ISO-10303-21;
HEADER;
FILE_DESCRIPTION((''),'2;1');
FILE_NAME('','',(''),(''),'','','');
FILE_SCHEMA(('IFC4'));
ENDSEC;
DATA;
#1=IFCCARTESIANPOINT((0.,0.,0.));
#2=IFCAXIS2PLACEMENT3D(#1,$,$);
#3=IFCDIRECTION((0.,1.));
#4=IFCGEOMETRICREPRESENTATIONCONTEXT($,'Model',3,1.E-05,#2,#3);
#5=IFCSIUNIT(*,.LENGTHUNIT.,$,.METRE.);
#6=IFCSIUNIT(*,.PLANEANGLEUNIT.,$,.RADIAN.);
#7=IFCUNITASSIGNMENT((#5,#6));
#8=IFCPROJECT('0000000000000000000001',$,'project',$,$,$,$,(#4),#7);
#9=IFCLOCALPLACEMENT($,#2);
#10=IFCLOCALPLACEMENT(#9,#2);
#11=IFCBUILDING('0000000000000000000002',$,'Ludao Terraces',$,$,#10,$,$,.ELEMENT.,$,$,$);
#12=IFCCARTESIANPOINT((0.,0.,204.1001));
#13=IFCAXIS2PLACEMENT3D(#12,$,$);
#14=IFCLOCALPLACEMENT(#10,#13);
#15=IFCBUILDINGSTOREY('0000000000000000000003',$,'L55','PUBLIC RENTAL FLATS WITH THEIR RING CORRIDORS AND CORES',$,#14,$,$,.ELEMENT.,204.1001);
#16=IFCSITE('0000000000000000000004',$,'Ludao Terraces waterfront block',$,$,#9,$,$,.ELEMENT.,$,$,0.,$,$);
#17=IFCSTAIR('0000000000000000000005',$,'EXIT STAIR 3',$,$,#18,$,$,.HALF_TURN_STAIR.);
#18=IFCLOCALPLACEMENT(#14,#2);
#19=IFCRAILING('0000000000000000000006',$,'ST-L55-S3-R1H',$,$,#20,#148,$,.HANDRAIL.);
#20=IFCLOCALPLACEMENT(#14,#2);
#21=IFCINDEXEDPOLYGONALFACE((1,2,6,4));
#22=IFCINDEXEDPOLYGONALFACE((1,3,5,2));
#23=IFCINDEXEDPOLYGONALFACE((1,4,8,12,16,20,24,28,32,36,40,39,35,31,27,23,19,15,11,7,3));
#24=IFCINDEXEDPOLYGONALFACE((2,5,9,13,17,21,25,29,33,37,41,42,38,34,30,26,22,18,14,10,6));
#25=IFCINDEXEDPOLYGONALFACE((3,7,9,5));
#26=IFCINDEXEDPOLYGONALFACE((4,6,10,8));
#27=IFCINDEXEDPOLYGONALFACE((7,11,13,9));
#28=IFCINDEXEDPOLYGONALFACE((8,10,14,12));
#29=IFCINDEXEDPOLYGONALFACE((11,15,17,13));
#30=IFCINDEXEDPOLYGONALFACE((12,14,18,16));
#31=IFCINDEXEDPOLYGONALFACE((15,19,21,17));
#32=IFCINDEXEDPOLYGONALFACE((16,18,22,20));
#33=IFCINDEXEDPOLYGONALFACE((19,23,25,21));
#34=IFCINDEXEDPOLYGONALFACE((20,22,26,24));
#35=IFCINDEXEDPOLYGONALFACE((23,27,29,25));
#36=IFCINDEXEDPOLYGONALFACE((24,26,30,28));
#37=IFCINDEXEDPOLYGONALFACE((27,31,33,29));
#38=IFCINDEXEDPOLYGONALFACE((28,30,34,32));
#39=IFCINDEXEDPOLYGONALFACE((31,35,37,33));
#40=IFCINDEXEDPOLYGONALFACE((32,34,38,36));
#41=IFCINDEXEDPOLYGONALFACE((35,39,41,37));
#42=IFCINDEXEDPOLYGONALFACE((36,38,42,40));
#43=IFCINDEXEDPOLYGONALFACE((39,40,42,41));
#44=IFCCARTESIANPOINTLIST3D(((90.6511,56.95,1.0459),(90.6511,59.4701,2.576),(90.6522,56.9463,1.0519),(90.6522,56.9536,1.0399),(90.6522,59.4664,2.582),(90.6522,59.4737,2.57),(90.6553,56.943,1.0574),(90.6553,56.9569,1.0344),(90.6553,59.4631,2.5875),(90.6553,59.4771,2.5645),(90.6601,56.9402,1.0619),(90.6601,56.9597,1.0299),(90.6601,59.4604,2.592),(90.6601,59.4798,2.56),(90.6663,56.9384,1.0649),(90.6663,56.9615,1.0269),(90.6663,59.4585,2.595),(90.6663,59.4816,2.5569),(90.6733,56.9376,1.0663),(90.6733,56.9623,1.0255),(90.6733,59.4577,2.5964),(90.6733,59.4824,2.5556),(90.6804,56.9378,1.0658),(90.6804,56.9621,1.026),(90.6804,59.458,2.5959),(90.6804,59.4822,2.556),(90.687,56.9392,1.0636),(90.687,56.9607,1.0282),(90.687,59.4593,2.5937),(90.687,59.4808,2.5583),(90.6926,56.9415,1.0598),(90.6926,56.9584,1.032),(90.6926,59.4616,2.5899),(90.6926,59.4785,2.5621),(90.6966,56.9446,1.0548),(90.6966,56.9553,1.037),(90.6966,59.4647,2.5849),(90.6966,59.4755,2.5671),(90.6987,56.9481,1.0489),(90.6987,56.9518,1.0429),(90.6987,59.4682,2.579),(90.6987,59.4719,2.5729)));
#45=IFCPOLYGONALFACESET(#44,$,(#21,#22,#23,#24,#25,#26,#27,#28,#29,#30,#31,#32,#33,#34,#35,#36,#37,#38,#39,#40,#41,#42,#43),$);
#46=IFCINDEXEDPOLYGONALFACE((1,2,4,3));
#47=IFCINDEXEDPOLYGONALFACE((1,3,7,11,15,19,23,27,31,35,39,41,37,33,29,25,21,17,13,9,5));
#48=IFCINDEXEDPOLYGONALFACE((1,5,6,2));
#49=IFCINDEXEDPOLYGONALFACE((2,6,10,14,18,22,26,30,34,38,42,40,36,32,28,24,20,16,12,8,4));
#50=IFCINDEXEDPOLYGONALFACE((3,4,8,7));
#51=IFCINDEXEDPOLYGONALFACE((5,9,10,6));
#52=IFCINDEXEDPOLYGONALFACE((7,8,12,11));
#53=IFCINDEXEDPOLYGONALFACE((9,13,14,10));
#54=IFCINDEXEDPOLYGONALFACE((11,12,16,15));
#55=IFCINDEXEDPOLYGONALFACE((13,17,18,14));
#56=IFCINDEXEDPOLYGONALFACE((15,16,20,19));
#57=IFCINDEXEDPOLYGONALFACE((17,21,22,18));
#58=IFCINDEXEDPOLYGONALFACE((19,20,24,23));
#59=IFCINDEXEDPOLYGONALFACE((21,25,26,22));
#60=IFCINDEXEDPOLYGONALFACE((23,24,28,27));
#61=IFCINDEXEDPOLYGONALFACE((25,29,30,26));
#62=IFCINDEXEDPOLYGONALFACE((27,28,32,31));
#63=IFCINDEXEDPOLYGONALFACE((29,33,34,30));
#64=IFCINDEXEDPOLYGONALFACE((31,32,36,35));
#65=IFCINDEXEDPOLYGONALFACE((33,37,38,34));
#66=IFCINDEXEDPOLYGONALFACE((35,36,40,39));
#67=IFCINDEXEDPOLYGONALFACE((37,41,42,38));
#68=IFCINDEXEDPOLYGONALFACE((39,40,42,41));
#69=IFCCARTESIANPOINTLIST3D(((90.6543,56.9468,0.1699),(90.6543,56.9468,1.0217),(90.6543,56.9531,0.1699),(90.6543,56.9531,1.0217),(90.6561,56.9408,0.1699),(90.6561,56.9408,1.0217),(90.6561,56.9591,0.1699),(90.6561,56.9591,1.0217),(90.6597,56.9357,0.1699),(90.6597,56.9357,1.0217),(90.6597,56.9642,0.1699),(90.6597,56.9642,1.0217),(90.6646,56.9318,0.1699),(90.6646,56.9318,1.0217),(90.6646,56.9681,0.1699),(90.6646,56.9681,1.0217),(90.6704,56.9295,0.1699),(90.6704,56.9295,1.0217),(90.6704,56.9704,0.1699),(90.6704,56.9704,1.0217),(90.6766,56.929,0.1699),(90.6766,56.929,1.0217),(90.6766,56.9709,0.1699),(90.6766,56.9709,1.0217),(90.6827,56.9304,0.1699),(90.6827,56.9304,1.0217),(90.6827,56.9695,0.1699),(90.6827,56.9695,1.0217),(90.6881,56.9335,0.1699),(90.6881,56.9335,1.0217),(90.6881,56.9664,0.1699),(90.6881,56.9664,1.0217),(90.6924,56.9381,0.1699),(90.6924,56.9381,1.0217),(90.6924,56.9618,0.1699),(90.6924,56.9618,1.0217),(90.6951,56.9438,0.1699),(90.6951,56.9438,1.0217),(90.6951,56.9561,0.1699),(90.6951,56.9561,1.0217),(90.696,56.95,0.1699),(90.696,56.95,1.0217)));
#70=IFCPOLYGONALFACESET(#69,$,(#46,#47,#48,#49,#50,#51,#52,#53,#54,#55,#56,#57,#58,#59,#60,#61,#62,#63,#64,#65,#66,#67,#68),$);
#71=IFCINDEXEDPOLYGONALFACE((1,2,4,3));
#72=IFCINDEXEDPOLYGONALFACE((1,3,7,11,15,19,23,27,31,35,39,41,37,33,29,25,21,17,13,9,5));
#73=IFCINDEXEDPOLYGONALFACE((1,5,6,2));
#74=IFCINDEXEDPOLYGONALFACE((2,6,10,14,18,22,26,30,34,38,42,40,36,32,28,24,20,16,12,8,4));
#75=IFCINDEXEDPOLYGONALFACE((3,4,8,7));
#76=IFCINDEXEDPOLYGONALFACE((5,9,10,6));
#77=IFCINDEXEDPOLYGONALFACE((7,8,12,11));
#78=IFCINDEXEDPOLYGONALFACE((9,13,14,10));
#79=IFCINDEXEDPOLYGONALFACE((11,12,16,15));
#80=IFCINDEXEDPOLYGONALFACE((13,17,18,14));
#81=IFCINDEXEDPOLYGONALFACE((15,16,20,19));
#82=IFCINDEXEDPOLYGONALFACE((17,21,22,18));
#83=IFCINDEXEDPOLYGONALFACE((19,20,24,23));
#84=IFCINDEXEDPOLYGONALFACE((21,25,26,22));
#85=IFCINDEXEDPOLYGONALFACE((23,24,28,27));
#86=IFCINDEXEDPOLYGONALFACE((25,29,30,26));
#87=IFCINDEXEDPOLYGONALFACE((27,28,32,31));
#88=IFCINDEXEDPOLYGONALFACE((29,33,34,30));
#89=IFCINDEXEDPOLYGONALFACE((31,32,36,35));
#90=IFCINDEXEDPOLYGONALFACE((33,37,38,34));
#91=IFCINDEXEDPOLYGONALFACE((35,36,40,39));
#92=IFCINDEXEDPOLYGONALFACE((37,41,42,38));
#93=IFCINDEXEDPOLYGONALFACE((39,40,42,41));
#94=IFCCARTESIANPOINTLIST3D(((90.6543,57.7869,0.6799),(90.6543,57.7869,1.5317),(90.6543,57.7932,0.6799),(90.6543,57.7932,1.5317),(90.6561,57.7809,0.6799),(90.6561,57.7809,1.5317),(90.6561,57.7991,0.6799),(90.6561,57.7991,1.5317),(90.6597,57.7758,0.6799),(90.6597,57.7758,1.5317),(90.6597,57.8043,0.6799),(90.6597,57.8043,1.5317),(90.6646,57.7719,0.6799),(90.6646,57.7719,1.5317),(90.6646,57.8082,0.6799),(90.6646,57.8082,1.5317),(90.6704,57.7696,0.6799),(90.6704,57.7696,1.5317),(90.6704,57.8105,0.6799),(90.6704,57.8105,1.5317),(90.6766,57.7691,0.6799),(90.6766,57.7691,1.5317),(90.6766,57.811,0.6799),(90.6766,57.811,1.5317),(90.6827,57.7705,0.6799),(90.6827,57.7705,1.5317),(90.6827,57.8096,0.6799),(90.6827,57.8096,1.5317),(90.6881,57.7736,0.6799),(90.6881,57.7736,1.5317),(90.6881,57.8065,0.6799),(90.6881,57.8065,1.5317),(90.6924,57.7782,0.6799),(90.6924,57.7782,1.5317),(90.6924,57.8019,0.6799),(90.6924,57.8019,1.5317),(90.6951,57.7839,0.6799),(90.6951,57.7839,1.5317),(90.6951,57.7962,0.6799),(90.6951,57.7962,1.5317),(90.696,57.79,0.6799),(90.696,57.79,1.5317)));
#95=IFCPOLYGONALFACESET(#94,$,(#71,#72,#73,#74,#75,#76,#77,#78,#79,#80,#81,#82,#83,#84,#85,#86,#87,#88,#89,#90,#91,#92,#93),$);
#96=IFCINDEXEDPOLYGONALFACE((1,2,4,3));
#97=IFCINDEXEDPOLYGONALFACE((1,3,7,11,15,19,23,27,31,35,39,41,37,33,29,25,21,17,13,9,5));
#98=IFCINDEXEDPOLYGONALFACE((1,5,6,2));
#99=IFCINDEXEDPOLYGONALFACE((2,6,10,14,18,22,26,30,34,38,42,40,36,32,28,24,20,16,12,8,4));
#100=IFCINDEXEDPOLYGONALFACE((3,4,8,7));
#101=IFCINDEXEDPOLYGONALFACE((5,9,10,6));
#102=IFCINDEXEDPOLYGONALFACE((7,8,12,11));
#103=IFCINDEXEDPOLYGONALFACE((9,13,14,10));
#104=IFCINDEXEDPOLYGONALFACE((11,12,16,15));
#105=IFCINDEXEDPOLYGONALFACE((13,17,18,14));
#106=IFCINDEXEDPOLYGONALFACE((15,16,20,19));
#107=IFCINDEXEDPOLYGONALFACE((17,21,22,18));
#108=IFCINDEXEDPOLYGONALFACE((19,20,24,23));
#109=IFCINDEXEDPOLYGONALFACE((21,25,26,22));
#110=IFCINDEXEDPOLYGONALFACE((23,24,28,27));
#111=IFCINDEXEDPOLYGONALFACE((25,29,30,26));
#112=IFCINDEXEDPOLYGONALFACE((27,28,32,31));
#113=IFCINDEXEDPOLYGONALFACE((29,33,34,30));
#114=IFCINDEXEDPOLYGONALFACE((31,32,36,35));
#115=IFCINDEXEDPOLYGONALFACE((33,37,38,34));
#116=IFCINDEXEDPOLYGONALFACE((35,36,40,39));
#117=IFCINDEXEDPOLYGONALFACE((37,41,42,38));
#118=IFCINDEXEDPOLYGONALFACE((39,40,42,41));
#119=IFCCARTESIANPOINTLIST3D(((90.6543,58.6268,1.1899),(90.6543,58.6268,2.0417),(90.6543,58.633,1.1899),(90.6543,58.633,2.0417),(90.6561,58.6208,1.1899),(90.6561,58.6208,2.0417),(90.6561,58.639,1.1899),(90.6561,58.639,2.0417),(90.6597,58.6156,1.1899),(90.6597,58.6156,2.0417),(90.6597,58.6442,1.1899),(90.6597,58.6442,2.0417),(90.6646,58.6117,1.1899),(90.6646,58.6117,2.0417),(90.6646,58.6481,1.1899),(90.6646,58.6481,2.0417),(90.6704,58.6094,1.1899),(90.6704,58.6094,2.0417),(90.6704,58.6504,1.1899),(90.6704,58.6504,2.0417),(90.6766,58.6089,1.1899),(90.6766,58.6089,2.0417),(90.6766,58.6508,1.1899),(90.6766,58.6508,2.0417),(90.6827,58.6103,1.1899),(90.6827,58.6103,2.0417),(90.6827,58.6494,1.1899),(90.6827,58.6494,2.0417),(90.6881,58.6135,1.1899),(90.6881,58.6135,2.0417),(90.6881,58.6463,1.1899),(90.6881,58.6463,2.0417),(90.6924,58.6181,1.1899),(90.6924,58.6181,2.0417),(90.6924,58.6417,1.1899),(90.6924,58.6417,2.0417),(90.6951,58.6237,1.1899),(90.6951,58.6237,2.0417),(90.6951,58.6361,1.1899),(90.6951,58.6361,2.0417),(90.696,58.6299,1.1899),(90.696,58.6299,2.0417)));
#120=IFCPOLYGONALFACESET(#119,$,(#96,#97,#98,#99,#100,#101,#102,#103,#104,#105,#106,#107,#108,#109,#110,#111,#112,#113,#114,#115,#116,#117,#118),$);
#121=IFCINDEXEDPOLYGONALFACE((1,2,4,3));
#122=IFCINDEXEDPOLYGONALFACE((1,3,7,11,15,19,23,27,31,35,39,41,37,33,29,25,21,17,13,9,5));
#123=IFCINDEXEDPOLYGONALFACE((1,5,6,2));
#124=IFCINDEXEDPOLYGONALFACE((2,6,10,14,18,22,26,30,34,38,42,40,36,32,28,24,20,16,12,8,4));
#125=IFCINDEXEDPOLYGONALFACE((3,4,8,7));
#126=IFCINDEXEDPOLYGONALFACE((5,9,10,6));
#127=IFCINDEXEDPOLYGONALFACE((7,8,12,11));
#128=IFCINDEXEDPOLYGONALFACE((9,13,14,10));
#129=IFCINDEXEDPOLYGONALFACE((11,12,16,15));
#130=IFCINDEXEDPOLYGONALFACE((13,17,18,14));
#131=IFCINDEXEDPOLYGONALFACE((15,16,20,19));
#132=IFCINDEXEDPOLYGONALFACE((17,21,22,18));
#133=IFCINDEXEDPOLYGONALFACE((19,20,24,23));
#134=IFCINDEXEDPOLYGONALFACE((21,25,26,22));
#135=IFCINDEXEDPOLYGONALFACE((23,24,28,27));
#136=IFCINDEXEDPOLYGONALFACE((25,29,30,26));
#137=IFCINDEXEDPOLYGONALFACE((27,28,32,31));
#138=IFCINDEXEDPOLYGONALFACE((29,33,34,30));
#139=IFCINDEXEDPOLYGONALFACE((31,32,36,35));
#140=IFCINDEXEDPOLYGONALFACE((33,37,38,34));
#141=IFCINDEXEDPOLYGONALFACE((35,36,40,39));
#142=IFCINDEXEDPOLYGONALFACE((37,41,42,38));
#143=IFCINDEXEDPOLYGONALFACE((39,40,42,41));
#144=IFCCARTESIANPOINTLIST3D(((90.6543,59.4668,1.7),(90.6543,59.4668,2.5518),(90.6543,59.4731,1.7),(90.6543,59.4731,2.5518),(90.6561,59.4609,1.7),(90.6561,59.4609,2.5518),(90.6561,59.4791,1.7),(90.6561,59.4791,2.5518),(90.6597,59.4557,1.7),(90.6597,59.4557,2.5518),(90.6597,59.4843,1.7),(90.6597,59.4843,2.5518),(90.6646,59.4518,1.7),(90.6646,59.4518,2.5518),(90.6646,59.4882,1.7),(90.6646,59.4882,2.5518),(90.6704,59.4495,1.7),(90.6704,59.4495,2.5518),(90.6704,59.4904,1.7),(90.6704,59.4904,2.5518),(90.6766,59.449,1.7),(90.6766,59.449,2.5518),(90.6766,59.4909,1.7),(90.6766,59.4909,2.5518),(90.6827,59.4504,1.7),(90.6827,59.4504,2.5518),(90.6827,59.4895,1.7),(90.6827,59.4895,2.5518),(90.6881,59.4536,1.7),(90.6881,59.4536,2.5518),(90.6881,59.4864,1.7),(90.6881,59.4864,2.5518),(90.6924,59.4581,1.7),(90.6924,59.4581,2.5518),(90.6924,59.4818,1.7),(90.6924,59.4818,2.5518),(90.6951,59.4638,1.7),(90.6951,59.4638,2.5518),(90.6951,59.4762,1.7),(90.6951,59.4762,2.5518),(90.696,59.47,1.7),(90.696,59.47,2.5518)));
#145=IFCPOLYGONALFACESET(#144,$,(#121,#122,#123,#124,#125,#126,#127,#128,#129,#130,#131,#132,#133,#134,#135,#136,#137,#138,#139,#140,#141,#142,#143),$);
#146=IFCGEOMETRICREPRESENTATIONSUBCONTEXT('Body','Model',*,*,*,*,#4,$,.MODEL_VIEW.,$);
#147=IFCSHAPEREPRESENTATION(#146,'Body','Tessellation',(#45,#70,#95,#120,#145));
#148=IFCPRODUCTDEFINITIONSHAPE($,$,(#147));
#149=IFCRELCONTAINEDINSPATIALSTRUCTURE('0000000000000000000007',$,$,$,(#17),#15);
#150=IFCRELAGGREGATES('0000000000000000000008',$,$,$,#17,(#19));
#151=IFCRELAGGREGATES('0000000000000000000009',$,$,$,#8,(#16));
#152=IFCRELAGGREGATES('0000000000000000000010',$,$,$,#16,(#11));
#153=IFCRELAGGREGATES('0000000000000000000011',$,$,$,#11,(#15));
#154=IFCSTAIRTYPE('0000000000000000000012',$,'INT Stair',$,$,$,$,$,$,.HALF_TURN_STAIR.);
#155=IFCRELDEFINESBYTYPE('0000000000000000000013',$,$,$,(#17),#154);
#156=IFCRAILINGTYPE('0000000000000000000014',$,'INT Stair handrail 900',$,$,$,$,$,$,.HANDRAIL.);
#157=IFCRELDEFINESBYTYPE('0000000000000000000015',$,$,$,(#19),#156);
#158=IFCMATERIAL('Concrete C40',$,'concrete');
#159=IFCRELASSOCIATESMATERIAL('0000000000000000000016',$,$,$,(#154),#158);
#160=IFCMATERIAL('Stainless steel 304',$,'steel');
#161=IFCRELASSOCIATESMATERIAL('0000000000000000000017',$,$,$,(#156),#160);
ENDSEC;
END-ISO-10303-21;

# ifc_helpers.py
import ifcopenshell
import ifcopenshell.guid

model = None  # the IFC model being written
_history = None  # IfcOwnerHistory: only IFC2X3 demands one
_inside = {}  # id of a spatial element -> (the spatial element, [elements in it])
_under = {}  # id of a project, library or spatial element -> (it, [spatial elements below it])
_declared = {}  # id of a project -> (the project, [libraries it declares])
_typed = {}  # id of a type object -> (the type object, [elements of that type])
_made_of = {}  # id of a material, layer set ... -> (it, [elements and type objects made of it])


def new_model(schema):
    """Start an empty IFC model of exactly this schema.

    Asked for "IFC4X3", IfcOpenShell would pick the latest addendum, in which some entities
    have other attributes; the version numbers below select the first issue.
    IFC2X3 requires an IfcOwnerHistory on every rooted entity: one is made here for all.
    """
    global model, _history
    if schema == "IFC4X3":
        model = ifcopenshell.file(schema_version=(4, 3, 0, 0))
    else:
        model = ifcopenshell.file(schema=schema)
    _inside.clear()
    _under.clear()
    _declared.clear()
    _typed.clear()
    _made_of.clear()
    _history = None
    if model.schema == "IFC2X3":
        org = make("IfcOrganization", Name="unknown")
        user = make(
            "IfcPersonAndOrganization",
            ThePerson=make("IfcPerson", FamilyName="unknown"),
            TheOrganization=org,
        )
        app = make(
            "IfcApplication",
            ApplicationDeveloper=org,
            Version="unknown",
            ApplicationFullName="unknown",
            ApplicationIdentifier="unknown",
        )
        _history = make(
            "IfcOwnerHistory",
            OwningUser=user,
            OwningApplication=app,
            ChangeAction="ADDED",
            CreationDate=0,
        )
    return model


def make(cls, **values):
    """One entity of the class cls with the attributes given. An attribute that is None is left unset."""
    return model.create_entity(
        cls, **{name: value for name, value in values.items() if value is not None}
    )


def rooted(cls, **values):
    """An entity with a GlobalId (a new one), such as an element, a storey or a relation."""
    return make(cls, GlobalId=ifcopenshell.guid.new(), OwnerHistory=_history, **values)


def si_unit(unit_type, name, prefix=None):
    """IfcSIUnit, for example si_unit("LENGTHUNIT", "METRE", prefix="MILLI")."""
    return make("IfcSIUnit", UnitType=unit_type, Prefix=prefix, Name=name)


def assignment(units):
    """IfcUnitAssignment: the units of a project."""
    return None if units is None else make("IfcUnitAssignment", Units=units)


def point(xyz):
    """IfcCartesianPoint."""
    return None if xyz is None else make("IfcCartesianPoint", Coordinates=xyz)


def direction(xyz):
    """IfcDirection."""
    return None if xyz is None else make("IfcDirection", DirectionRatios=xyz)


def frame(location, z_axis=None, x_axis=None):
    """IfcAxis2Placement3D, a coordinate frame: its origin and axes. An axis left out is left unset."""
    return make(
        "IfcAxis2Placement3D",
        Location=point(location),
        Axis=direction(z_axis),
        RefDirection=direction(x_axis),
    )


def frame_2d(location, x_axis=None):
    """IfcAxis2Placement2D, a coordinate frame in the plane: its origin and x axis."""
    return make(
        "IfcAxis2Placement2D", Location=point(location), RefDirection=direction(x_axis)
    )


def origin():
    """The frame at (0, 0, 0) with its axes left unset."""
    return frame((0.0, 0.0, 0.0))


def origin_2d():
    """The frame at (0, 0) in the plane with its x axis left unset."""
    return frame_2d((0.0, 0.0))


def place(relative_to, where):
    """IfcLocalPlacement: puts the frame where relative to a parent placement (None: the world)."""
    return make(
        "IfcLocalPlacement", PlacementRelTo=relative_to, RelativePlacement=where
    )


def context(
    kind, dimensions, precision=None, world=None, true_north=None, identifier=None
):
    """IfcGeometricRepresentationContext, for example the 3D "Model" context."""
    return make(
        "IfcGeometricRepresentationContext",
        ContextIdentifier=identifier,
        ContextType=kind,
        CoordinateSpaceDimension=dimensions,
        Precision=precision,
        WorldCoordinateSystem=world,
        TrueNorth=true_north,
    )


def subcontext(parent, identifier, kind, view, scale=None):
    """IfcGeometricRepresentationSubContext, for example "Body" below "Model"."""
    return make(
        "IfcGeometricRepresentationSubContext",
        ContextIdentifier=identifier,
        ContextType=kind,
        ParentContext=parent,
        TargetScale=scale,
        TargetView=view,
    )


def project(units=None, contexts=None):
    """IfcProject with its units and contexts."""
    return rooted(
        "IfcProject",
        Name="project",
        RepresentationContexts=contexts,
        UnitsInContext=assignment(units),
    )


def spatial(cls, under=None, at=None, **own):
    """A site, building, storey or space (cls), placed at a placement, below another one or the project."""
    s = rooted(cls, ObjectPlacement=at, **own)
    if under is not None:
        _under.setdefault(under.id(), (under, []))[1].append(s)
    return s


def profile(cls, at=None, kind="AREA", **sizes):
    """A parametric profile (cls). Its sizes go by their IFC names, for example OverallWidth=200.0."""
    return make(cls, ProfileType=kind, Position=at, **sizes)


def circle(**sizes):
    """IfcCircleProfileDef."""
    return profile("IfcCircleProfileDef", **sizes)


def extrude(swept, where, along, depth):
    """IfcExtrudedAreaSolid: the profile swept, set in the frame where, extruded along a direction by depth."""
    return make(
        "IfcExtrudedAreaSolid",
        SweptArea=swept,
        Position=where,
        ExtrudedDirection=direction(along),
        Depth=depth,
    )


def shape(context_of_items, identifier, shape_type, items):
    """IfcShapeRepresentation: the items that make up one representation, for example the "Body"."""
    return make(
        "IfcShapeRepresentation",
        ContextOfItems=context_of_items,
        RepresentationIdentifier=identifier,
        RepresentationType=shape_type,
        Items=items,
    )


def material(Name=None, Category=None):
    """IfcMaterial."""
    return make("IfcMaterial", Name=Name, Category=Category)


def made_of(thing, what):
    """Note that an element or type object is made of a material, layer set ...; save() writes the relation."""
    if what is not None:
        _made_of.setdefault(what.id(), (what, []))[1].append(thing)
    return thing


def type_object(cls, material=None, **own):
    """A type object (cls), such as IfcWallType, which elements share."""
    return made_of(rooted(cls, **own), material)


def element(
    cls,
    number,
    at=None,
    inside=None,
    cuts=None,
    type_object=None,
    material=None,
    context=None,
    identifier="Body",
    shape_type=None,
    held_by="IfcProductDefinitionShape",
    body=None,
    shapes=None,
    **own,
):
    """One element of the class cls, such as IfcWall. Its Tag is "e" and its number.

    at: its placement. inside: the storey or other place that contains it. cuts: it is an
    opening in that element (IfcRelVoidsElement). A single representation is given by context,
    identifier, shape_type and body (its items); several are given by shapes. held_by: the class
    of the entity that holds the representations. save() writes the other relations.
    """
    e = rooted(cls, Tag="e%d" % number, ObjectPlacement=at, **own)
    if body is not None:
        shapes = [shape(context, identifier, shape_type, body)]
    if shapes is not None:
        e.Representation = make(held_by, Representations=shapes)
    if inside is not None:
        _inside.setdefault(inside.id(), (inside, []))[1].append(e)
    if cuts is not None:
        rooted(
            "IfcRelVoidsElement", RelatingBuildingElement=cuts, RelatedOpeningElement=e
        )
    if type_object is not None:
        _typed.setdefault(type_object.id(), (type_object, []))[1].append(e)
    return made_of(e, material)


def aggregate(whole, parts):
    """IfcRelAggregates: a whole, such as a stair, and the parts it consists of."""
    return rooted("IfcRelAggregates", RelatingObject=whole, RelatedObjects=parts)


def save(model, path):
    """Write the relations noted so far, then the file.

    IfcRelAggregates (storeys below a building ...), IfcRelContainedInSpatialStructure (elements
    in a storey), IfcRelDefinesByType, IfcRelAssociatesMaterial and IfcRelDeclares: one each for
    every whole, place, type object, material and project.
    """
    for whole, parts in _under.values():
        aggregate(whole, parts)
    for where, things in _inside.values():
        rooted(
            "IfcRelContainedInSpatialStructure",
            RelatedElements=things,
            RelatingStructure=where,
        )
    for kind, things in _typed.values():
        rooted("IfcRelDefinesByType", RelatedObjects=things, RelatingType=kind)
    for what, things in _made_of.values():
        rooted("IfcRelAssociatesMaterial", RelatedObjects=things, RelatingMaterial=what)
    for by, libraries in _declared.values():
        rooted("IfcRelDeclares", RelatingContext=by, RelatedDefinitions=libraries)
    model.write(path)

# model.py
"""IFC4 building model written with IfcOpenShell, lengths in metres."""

from ifc_helpers import new_model, si_unit, direction, frame, origin, origin_2d, place, context, subcontext, project, spatial, circle, extrude, material, type_object, element, aggregate, save


model = new_model("IFC4")

# Units and contexts
model_context = context("Model", 3, precision=1e-05, world=origin(), true_north=direction((0.0, 1.0)))
body_context = subcontext(model_context, "Body", "Model", "MODEL_VIEW")
ifc_project = project(units=[si_unit("LENGTHUNIT", "METRE"), si_unit("PLANEANGLEUNIT", "RADIAN")], contexts=[model_context])

# Site, building, storey
site_placement = place(None, origin())
site = spatial("IfcSite", under=ifc_project, at=site_placement, Name="Ludao Terraces waterfront block", CompositionType="ELEMENT", RefElevation=0.0)
building_placement = place(site_placement, origin())
building = spatial("IfcBuilding", under=site, at=building_placement, Name="Ludao Terraces", CompositionType="ELEMENT")
storey_placement = place(building_placement, frame((0.0, 0.0, 204.1001)))
storey = spatial("IfcBuildingStorey", under=building, at=storey_placement, Name="L55", Description="PUBLIC RENTAL FLATS WITH THEIR RING CORRIDORS AND CORES", CompositionType="ELEMENT", Elevation=204.1001)

# Shared definitions
ifc_material_1 = material(Name="Concrete C40", Category="concrete")

# Stair, railing
stair_type = type_object("IfcStairType", Name="INT Stair", PredefinedType="HALF_TURN_STAIR", material=ifc_material_1)
stair_placement = place(storey_placement, origin())
stair = element("IfcStair", 1, at=stair_placement, inside=storey, type_object=stair_type, Name="EXIT STAIR 3", PredefinedType="HALF_TURN_STAIR")
ifc_material_2 = material(Name="Stainless steel 304", Category="steel")
railing_type_1 = type_object("IfcRailingType", Name="INT Stair handrail 900", PredefinedType="HANDRAIL", material=ifc_material_2)
railing_1_placement = place(storey_placement, frame((90.675, 56.95, 0.1699)))
railing_1 = element("IfcRailing", 2, at=railing_1_placement, type_object=railing_type_1, Name="ST-L55-S3-R1H", PredefinedType="HANDRAIL", context=body_context, shape_type="SweptSolid", body=[
    extrude(circle(Radius=0.0239, at=origin_2d()), frame((0.0, 0.0, 0.876), z_axis=(0.0, 0.854785, 0.518982), x_axis=(-1.0, 0.0, 0.0)), (0.0, 0.0, 1.0), 2.9482),
    extrude(circle(Radius=0.021, at=origin_2d()), origin(), (0.0, 0.0, 1.0), 0.8518),
    extrude(circle(Radius=0.021, at=origin_2d()), frame((0.0, 0.8401, 0.51)), (0.0, 0.0, 1.0), 0.8518),
    extrude(circle(Radius=0.021, at=origin_2d()), frame((0.0, 1.6799, 1.02)), (0.0, 0.0, 1.0), 0.8518),
    extrude(circle(Radius=0.021, at=origin_2d()), frame((0.0, 2.52, 1.53)), (0.0, 0.0, 1.0), 0.8518),
])
aggregate(stair, [railing_1])

save(model, "model.ifc")
